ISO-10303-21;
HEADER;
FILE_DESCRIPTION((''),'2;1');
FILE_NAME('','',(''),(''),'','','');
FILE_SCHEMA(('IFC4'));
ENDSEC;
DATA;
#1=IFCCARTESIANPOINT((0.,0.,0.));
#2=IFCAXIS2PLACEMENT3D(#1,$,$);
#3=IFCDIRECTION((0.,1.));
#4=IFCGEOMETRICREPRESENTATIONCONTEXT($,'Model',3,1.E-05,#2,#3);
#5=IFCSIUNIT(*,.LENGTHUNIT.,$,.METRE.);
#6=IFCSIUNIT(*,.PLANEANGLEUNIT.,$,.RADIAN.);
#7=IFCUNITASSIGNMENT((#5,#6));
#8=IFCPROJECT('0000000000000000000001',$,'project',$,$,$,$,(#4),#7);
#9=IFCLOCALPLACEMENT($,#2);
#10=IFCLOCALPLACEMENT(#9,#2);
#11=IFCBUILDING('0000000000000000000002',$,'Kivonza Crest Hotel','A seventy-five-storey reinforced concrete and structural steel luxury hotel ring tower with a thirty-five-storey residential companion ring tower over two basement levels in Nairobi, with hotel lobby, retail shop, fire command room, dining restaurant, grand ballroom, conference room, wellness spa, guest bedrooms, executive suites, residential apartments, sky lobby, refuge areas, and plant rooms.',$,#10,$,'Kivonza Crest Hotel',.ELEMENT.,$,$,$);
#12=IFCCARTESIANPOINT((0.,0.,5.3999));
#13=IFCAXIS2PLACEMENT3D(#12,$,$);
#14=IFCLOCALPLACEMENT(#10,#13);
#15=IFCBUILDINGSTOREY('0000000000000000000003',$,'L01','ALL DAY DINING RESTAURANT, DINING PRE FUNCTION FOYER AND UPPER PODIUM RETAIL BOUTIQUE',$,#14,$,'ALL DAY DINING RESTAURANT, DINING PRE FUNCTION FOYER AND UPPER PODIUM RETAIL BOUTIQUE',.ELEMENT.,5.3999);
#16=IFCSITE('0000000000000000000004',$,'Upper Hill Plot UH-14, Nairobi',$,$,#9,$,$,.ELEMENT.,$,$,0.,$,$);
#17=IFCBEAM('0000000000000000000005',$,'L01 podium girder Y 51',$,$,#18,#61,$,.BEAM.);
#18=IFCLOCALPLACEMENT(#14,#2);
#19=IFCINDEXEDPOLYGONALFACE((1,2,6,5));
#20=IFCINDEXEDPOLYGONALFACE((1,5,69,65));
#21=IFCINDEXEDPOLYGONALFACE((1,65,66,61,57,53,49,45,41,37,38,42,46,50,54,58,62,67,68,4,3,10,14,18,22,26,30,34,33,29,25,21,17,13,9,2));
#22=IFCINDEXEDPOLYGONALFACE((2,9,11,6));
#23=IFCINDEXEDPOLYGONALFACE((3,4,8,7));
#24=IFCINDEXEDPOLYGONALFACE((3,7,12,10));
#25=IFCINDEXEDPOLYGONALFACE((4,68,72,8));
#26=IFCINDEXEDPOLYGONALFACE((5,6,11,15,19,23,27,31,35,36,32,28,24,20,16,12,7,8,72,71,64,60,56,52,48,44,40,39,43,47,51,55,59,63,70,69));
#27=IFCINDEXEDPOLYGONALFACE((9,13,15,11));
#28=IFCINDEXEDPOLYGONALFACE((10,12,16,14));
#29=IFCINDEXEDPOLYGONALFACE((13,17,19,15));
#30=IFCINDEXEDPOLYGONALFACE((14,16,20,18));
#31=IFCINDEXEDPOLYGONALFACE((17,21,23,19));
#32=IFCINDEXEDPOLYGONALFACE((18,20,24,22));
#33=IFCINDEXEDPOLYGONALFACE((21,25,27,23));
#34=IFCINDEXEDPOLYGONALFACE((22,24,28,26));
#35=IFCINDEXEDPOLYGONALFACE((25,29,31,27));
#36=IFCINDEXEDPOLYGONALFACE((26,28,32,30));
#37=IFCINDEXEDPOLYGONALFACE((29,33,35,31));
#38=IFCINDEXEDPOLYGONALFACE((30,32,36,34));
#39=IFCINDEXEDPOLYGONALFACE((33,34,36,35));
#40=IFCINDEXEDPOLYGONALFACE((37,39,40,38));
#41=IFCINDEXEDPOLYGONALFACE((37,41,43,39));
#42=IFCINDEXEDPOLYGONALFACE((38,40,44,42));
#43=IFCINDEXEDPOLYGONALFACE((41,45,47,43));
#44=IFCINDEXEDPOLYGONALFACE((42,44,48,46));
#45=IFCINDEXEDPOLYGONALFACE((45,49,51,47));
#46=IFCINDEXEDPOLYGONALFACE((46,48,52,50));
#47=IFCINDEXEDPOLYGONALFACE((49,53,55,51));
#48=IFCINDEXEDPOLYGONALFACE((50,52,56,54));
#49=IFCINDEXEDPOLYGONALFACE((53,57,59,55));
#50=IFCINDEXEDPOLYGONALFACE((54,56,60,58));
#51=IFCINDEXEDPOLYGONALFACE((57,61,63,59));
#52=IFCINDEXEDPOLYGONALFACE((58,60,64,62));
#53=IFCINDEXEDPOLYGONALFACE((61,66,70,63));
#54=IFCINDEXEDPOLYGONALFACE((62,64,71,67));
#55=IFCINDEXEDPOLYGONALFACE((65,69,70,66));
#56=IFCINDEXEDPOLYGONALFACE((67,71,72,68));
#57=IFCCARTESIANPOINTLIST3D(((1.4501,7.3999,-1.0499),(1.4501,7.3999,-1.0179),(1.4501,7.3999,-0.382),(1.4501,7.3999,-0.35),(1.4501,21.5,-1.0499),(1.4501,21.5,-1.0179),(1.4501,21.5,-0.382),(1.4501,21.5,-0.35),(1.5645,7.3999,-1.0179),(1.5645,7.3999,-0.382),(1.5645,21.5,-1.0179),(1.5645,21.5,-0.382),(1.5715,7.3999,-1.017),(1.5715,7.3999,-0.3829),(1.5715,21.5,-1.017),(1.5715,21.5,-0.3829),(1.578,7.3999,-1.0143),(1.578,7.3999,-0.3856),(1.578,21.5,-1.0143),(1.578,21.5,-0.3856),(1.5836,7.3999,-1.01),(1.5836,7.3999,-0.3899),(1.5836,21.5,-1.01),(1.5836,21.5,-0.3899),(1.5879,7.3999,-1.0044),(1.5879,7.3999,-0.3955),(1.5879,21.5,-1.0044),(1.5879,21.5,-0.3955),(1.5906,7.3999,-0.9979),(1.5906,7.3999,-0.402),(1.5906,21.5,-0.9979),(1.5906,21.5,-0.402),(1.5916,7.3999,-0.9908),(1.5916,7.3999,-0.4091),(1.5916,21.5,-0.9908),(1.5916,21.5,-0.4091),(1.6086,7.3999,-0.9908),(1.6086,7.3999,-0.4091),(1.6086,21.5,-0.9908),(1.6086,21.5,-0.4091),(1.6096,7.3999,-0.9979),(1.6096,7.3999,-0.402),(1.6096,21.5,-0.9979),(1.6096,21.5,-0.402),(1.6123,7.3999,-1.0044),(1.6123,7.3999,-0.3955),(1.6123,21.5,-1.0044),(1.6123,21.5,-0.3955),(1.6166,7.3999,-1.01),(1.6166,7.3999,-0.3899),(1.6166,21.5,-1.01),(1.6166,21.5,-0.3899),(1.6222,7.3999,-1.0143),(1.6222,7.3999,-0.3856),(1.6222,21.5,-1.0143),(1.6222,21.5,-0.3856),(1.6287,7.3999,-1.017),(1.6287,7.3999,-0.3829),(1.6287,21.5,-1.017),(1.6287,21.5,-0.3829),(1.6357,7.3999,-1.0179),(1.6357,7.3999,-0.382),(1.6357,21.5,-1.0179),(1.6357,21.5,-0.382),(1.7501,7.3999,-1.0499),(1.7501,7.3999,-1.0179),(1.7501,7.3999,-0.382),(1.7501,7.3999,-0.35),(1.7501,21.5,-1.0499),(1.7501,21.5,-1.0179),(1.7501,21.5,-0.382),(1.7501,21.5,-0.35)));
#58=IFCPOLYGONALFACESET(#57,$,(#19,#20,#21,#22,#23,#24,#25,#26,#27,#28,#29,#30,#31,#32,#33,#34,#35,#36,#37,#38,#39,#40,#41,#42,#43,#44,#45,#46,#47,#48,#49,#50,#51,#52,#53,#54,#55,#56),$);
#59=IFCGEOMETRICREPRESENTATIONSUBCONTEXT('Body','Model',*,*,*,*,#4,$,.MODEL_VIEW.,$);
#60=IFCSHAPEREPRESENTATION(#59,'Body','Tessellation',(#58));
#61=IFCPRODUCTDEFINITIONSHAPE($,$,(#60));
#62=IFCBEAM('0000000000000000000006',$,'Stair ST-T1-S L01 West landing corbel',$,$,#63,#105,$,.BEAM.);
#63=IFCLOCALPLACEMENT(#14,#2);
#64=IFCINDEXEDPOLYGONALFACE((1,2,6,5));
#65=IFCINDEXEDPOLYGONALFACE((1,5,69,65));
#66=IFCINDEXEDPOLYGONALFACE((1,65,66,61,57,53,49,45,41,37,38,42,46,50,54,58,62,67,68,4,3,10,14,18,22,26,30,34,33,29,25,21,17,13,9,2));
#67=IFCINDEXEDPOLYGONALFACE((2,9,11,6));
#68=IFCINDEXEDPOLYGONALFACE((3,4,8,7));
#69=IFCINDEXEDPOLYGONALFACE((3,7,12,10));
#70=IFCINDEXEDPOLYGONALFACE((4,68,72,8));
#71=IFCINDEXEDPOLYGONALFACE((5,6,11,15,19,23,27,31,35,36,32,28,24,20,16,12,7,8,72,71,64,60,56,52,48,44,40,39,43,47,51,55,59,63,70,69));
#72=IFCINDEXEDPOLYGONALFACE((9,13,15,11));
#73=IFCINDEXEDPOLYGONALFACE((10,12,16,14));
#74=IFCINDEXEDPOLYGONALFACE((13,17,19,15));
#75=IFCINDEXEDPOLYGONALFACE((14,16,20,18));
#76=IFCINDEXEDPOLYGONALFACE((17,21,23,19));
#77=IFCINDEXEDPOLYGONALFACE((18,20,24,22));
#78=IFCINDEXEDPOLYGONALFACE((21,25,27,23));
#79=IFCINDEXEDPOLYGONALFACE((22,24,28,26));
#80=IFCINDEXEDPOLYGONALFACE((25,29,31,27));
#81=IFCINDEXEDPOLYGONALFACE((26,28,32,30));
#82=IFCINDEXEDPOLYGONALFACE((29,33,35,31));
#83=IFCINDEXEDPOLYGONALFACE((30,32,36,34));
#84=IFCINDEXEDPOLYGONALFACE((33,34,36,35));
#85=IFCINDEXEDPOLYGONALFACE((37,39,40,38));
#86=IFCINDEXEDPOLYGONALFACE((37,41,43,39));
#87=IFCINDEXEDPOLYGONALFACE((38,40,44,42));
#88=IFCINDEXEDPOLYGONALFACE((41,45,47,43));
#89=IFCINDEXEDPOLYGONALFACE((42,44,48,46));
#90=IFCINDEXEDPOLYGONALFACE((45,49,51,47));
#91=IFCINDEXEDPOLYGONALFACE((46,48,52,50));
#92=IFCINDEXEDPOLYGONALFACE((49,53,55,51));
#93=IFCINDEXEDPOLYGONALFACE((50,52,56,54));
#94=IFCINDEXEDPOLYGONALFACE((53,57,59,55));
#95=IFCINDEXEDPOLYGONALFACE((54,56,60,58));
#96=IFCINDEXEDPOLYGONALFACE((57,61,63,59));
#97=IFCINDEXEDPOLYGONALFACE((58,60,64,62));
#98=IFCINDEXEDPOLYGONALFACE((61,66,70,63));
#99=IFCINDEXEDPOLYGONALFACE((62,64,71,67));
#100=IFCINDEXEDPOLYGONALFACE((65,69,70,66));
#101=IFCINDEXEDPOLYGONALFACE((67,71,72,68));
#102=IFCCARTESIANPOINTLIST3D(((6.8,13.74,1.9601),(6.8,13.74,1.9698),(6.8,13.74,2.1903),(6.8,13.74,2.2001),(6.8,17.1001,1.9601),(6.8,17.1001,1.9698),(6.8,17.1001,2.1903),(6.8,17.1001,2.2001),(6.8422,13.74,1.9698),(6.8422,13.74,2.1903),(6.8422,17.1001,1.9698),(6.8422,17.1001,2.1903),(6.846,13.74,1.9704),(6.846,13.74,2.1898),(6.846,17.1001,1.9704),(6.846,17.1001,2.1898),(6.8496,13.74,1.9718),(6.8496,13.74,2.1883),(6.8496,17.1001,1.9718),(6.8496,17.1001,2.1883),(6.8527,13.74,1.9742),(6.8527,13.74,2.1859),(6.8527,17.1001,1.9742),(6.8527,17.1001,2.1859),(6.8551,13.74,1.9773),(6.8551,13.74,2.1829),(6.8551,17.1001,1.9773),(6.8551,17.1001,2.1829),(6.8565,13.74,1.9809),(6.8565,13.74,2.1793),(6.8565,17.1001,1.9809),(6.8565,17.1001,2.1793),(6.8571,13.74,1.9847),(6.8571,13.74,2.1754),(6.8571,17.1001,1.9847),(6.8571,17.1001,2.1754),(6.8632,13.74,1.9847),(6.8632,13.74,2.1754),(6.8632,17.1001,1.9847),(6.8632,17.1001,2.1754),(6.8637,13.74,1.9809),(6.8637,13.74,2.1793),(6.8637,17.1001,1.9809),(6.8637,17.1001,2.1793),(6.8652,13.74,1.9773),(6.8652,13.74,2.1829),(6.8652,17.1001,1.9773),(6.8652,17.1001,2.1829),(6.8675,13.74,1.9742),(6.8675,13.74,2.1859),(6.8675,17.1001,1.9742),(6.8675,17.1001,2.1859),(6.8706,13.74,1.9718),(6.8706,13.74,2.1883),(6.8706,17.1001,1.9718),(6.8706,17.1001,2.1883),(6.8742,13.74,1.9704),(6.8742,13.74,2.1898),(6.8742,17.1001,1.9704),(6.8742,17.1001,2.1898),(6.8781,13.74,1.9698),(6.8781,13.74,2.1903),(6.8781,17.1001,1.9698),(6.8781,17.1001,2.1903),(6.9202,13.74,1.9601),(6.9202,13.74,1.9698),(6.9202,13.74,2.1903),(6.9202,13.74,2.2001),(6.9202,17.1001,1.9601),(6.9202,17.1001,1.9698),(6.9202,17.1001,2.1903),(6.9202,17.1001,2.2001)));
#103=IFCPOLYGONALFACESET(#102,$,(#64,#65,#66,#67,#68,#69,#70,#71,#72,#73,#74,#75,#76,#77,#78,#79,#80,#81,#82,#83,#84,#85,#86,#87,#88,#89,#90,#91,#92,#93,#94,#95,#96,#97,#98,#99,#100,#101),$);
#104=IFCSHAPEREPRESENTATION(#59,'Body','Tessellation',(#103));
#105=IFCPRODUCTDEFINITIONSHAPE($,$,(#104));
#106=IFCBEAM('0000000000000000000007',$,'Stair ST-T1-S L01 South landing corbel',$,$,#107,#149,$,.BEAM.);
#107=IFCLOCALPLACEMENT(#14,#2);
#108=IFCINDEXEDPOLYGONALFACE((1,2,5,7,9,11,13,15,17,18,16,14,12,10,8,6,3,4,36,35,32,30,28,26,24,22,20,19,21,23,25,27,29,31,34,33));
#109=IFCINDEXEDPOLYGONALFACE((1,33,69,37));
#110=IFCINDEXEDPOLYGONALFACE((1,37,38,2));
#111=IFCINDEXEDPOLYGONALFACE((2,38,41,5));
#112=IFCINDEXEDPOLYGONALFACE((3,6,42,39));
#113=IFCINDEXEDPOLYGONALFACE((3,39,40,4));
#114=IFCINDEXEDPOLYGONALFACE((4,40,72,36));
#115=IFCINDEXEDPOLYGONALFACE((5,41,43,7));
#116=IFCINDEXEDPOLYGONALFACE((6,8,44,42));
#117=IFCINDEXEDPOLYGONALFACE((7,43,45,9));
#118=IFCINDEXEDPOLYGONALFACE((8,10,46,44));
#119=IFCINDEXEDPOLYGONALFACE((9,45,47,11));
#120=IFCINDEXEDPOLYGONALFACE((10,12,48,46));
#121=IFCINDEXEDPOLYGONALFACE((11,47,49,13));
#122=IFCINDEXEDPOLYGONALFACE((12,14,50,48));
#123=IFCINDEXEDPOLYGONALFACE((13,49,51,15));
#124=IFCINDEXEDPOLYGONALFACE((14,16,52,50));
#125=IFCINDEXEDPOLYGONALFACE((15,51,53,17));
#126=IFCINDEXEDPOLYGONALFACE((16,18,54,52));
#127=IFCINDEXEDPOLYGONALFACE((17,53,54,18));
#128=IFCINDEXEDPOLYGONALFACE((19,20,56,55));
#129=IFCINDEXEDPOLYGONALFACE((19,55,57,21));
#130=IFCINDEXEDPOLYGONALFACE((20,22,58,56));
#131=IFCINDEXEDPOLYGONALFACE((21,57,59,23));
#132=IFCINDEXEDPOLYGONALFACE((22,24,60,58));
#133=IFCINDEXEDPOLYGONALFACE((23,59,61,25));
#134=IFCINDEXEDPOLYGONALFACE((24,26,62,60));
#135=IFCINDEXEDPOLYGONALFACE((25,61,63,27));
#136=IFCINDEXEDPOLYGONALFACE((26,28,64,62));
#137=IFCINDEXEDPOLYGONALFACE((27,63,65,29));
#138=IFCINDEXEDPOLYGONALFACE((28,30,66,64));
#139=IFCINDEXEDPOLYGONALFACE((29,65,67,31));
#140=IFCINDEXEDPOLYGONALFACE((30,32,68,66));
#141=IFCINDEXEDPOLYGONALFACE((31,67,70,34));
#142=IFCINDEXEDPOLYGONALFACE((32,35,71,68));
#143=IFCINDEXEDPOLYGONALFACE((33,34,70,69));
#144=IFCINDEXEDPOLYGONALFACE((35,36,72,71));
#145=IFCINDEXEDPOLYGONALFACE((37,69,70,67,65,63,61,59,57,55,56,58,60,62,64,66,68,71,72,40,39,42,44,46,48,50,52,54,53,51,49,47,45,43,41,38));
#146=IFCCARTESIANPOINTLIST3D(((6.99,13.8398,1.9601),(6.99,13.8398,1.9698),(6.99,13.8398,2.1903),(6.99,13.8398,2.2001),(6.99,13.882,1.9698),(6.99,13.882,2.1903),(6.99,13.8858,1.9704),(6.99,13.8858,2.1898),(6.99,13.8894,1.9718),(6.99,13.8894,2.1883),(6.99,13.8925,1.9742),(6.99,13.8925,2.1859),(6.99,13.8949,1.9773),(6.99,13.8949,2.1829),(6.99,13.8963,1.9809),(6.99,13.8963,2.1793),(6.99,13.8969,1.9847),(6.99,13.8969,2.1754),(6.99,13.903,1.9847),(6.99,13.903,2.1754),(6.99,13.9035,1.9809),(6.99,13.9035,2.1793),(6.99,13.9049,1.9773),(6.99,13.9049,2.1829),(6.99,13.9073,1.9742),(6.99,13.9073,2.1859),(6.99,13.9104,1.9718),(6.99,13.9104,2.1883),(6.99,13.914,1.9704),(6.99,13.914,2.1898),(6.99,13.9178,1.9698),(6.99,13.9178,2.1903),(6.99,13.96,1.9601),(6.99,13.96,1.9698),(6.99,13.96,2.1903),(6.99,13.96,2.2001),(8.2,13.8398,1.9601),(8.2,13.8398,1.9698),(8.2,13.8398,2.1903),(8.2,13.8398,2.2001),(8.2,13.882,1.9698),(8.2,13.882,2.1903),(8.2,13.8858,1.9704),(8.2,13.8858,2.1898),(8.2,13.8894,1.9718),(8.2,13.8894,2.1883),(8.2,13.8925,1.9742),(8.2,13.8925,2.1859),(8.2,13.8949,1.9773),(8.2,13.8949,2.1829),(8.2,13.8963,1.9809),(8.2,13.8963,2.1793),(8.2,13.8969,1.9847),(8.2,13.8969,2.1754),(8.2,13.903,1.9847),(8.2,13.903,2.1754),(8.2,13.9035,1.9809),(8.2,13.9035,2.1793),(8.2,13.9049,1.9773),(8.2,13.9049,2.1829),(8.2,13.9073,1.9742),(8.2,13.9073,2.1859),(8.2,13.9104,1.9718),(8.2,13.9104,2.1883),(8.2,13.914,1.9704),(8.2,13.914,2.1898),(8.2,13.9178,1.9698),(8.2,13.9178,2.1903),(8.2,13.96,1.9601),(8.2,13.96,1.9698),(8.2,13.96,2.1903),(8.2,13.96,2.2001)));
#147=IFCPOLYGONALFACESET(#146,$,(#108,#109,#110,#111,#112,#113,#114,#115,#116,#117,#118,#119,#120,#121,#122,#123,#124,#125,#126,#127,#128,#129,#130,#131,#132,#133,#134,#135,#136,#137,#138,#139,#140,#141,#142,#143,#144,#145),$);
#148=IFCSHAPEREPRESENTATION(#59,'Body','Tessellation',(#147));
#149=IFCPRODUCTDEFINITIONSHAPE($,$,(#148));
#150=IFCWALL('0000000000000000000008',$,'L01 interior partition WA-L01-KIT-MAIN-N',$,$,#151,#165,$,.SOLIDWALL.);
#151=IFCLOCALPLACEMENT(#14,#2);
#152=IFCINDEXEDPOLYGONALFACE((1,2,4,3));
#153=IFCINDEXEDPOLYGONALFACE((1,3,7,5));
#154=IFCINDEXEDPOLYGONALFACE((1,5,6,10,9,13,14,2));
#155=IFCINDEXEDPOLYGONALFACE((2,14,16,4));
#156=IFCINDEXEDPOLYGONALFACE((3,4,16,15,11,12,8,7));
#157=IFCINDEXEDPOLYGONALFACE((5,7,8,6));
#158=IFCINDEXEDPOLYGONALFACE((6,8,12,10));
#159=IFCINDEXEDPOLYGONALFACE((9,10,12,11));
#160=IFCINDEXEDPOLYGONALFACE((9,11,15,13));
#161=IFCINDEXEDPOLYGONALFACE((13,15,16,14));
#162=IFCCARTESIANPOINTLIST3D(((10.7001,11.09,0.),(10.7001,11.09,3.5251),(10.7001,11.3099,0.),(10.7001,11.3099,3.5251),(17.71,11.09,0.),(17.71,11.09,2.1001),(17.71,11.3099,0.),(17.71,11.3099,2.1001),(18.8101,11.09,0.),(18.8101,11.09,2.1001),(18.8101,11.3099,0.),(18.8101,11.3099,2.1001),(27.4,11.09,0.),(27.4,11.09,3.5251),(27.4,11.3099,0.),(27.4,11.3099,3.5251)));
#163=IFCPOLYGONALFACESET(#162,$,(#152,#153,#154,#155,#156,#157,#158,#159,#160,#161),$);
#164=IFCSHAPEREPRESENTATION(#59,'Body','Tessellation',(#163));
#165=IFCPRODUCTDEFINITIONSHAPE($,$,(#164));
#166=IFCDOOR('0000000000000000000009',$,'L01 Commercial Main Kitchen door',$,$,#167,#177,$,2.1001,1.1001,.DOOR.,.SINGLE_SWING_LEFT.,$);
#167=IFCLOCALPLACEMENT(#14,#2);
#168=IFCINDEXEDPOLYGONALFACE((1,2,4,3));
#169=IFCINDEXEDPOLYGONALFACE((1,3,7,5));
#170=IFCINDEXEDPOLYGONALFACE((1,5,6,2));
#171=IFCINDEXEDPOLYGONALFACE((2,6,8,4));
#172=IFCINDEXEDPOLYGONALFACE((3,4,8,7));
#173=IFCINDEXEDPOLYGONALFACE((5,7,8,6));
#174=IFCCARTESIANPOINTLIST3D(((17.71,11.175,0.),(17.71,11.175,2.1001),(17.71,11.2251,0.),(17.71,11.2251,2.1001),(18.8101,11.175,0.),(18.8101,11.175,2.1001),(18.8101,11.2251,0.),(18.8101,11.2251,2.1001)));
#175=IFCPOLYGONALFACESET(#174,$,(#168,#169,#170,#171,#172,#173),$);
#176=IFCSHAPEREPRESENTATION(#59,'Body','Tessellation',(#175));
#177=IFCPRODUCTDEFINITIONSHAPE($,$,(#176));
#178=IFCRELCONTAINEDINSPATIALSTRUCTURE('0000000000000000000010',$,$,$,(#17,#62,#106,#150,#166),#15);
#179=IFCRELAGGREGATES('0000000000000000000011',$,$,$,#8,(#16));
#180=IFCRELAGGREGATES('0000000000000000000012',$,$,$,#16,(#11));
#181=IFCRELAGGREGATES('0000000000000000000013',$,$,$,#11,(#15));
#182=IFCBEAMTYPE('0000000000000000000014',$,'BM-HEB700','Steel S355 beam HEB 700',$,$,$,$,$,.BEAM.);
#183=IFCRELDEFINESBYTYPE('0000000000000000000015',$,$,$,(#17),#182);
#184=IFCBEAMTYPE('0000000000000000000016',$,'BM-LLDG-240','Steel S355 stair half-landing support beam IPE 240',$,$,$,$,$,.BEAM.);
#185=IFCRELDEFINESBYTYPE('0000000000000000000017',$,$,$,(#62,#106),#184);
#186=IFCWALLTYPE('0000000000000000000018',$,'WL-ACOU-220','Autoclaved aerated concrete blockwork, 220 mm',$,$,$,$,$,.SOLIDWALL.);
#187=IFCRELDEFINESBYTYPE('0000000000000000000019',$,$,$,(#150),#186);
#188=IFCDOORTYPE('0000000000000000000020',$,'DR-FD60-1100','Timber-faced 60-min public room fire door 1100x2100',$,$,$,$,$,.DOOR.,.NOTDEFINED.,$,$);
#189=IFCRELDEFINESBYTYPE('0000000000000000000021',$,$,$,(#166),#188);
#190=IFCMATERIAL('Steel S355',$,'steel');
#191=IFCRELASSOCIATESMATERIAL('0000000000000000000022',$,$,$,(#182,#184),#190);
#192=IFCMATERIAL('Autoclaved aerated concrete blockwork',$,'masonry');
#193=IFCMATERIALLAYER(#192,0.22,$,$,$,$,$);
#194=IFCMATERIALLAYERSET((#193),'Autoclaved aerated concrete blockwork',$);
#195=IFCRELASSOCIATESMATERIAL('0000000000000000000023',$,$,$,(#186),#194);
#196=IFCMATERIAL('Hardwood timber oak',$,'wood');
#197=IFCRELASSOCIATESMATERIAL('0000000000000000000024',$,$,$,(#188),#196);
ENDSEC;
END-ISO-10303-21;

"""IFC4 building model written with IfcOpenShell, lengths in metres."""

from ifc_helpers import new_model, si_unit, direction, frame, frame_2d, origin, origin_2d, place, context, subcontext, project, spatial, rectangle, i_section, extrude, material, layer, layer_set, material_profile, profile_set, type_object, element, fill, save


model = new_model("IFC4")

# Units and contexts
model_context = context("Model", 3, precision=1e-05, world=origin(), true_north=direction((0.0, 1.0)))
body_context = subcontext(model_context, "Body", "Model", "MODEL_VIEW")
ifc_project = project(units=[si_unit("LENGTHUNIT", "METRE"), si_unit("PLANEANGLEUNIT", "RADIAN")], contexts=[model_context])

# Site, building, storey
site_placement = place(None, origin())
site = spatial("IfcSite", under=ifc_project, at=site_placement, Name="Upper Hill Plot UH-14, Nairobi", CompositionType="ELEMENT", RefElevation=0.0)
building_placement = place(site_placement, origin())
building = spatial("IfcBuilding", under=site, at=building_placement, Name="Kivonza Crest Hotel", Description="A seventy-five-storey reinforced concrete and structural steel luxury hotel ring tower with a thirty-five-storey residential companion ring tower over two basement levels in Nairobi, with hotel lobby, retail shop, fire command room, dining restaurant, grand ballroom, conference room, wellness spa, guest bedrooms, executive suites, residential apartments, sky lobby, refuge areas, and plant rooms.", LongName="Kivonza Crest Hotel", CompositionType="ELEMENT")
storey_placement = place(building_placement, frame((0.0, 0.0, 5.3999)))
storey = spatial("IfcBuildingStorey", under=building, at=storey_placement, Name="L01", Description="ALL DAY DINING RESTAURANT, DINING PRE FUNCTION FOYER AND UPPER PODIUM RETAIL BOUTIQUE", LongName="ALL DAY DINING RESTAURANT, DINING PRE FUNCTION FOYER AND UPPER PODIUM RETAIL BOUTIQUE", CompositionType="ELEMENT", Elevation=5.3999)

# Beams
ifc_material_1 = material(Name="Steel S355", Category="steel")
ifc_material_profile_1 = material_profile(ifc_material_1, i_section(OverallWidth=0.3, OverallDepth=0.7, WebThickness=0.0171, FlangeThickness=0.032, FilletRadius=0.0271, at=origin_2d()), Name="HEB 700")
ifc_profile_set_1 = profile_set([ifc_material_profile_1], Name="Steel S355")
beam_type_1 = type_object("IfcBeamType", Name="BM-HEB700", Description="Steel S355 beam HEB 700", PredefinedType="BEAM", material=ifc_profile_set_1)
beam_1_placement = place(storey_placement, frame((1.6001, 7.3999, -0.7), z_axis=(0.0, 1.0, 0.0), x_axis=(-1.0, 0.0, 0.0)))
element("IfcBeam", 1, at=beam_1_placement, inside=storey, type_object=beam_type_1, Name="L01 podium girder Y 51", PredefinedType="BEAM", context=body_context, shape_type="SweptSolid", body=[
    extrude(i_section(OverallWidth=0.3, OverallDepth=0.7, WebThickness=0.0171, FlangeThickness=0.032, FilletRadius=0.0271, at=origin_2d()), origin(), (0.0, 0.0, 1.0), 14.1001),
])
ifc_material_profile_2 = material_profile(ifc_material_1, i_section(OverallWidth=0.1201, OverallDepth=0.24, WebThickness=0.0061, FlangeThickness=0.0098, FilletRadius=0.0149, at=origin_2d()), Name="IPE 240")
ifc_profile_set_2 = profile_set([ifc_material_profile_2], Name="Steel S355")
beam_type_2 = type_object("IfcBeamType", Name="BM-LLDG-240", Description="Steel S355 stair half-landing support beam IPE 240", PredefinedType="BEAM", material=ifc_profile_set_2)
beam_2_placement = place(storey_placement, frame((6.8601, 13.74, 2.0801), z_axis=(0.0, 1.0, 0.0), x_axis=(-1.0, 0.0, 0.0)))
element("IfcBeam", 2, at=beam_2_placement, inside=storey, type_object=beam_type_2, Name="Stair ST-T1-S L01 West landing corbel", PredefinedType="BEAM", context=body_context, shape_type="SweptSolid", body=[
    extrude(i_section(OverallWidth=0.1201, OverallDepth=0.24, WebThickness=0.0061, FlangeThickness=0.0098, FilletRadius=0.0149, at=origin_2d()), origin(), (0.0, 0.0, 1.0), 3.3601),
])
beam_3_placement = place(storey_placement, frame((6.99, 13.8999, 2.0801), z_axis=(1.0, 0.0, 0.0), x_axis=(0.0, 1.0, 0.0)))
element("IfcBeam", 3, at=beam_3_placement, inside=storey, type_object=beam_type_2, Name="Stair ST-T1-S L01 South landing corbel", PredefinedType="BEAM", context=body_context, shape_type="SweptSolid", body=[
    extrude(i_section(OverallWidth=0.1201, OverallDepth=0.24, WebThickness=0.0061, FlangeThickness=0.0098, FilletRadius=0.0149, at=origin_2d()), origin(), (0.0, 0.0, 1.0), 1.21),
])

# Wall, opening, door
ifc_material_2 = material(Name="Autoclaved aerated concrete blockwork", Category="masonry")
ifc_layer_1 = layer(ifc_material_2, 0.22)
ifc_layer_set_1 = layer_set([ifc_layer_1], Name="Autoclaved aerated concrete blockwork")
wall_type_1 = type_object("IfcWallType", Name="WL-ACOU-220", Description="Autoclaved aerated concrete blockwork, 220 mm", PredefinedType="SOLIDWALL", material=ifc_layer_set_1)
wall_1_placement = place(storey_placement, frame((10.7, 11.2, 0.0), z_axis=(0.0, 0.0, 1.0), x_axis=(1.0, 0.0, 0.0)))
wall_1 = element("IfcWall", 4, at=wall_1_placement, inside=storey, type_object=wall_type_1, Name="L01 interior partition WA-L01-KIT-MAIN-N", PredefinedType="SOLIDWALL", context=body_context, shape_type="SweptSolid", body=[
    extrude(rectangle(XDim=16.7, YDim=0.22, at=frame_2d((8.3501, 0.0))), origin(), (0.0, 0.0, 1.0), 3.5251),
])
opening_1_placement = place(wall_1_placement, frame((7.01, 0.0, 0.0)))
opening_1 = element("IfcOpeningElement", 5, at=opening_1_placement, cuts=wall_1, PredefinedType="OPENING", context=body_context, shape_type="SweptSolid", body=[
    extrude(rectangle(XDim=1.1001, YDim=2.1001, at=frame_2d((0.55, 1.05))), frame((0.0, 0.1201, 0.0), z_axis=(0.0, -1.0, 0.0), x_axis=(1.0, 0.0, 0.0)), (0.0, 0.0, 1.0), 0.24),
])
ifc_material_3 = material(Name="Hardwood timber oak", Category="wood")
door_type_1 = type_object("IfcDoorType", Name="DR-FD60-1100", Description="Timber-faced 60-min public room fire door 1100x2100", OperationType="NOTDEFINED", PredefinedType="DOOR", material=ifc_material_3)
door_1_placement = place(opening_1_placement, frame((1.1001, 0.0, 0.0), z_axis=(0.0, 0.0, 1.0), x_axis=(-1.0, 0.0, 0.0)))
door_1 = element("IfcDoor", 6, at=door_1_placement, inside=storey, type_object=door_type_1, Name="L01 Commercial Main Kitchen door", OperationType="SINGLE_SWING_LEFT", OverallHeight=2.1001, OverallWidth=1.1001, PredefinedType="DOOR", context=body_context, shape_type="SweptSolid", body=[
    extrude(rectangle(XDim=1.1001, YDim=2.1001, at=frame_2d((0.55, 1.05))), frame((0.0, 0.0249, 0.0), z_axis=(0.0, -1.0, 0.0), x_axis=(1.0, 0.0, 0.0)), (0.0, 0.0, 1.0), 0.05),
])
fill(opening_1, door_1)

save(model, "model.ifc")
